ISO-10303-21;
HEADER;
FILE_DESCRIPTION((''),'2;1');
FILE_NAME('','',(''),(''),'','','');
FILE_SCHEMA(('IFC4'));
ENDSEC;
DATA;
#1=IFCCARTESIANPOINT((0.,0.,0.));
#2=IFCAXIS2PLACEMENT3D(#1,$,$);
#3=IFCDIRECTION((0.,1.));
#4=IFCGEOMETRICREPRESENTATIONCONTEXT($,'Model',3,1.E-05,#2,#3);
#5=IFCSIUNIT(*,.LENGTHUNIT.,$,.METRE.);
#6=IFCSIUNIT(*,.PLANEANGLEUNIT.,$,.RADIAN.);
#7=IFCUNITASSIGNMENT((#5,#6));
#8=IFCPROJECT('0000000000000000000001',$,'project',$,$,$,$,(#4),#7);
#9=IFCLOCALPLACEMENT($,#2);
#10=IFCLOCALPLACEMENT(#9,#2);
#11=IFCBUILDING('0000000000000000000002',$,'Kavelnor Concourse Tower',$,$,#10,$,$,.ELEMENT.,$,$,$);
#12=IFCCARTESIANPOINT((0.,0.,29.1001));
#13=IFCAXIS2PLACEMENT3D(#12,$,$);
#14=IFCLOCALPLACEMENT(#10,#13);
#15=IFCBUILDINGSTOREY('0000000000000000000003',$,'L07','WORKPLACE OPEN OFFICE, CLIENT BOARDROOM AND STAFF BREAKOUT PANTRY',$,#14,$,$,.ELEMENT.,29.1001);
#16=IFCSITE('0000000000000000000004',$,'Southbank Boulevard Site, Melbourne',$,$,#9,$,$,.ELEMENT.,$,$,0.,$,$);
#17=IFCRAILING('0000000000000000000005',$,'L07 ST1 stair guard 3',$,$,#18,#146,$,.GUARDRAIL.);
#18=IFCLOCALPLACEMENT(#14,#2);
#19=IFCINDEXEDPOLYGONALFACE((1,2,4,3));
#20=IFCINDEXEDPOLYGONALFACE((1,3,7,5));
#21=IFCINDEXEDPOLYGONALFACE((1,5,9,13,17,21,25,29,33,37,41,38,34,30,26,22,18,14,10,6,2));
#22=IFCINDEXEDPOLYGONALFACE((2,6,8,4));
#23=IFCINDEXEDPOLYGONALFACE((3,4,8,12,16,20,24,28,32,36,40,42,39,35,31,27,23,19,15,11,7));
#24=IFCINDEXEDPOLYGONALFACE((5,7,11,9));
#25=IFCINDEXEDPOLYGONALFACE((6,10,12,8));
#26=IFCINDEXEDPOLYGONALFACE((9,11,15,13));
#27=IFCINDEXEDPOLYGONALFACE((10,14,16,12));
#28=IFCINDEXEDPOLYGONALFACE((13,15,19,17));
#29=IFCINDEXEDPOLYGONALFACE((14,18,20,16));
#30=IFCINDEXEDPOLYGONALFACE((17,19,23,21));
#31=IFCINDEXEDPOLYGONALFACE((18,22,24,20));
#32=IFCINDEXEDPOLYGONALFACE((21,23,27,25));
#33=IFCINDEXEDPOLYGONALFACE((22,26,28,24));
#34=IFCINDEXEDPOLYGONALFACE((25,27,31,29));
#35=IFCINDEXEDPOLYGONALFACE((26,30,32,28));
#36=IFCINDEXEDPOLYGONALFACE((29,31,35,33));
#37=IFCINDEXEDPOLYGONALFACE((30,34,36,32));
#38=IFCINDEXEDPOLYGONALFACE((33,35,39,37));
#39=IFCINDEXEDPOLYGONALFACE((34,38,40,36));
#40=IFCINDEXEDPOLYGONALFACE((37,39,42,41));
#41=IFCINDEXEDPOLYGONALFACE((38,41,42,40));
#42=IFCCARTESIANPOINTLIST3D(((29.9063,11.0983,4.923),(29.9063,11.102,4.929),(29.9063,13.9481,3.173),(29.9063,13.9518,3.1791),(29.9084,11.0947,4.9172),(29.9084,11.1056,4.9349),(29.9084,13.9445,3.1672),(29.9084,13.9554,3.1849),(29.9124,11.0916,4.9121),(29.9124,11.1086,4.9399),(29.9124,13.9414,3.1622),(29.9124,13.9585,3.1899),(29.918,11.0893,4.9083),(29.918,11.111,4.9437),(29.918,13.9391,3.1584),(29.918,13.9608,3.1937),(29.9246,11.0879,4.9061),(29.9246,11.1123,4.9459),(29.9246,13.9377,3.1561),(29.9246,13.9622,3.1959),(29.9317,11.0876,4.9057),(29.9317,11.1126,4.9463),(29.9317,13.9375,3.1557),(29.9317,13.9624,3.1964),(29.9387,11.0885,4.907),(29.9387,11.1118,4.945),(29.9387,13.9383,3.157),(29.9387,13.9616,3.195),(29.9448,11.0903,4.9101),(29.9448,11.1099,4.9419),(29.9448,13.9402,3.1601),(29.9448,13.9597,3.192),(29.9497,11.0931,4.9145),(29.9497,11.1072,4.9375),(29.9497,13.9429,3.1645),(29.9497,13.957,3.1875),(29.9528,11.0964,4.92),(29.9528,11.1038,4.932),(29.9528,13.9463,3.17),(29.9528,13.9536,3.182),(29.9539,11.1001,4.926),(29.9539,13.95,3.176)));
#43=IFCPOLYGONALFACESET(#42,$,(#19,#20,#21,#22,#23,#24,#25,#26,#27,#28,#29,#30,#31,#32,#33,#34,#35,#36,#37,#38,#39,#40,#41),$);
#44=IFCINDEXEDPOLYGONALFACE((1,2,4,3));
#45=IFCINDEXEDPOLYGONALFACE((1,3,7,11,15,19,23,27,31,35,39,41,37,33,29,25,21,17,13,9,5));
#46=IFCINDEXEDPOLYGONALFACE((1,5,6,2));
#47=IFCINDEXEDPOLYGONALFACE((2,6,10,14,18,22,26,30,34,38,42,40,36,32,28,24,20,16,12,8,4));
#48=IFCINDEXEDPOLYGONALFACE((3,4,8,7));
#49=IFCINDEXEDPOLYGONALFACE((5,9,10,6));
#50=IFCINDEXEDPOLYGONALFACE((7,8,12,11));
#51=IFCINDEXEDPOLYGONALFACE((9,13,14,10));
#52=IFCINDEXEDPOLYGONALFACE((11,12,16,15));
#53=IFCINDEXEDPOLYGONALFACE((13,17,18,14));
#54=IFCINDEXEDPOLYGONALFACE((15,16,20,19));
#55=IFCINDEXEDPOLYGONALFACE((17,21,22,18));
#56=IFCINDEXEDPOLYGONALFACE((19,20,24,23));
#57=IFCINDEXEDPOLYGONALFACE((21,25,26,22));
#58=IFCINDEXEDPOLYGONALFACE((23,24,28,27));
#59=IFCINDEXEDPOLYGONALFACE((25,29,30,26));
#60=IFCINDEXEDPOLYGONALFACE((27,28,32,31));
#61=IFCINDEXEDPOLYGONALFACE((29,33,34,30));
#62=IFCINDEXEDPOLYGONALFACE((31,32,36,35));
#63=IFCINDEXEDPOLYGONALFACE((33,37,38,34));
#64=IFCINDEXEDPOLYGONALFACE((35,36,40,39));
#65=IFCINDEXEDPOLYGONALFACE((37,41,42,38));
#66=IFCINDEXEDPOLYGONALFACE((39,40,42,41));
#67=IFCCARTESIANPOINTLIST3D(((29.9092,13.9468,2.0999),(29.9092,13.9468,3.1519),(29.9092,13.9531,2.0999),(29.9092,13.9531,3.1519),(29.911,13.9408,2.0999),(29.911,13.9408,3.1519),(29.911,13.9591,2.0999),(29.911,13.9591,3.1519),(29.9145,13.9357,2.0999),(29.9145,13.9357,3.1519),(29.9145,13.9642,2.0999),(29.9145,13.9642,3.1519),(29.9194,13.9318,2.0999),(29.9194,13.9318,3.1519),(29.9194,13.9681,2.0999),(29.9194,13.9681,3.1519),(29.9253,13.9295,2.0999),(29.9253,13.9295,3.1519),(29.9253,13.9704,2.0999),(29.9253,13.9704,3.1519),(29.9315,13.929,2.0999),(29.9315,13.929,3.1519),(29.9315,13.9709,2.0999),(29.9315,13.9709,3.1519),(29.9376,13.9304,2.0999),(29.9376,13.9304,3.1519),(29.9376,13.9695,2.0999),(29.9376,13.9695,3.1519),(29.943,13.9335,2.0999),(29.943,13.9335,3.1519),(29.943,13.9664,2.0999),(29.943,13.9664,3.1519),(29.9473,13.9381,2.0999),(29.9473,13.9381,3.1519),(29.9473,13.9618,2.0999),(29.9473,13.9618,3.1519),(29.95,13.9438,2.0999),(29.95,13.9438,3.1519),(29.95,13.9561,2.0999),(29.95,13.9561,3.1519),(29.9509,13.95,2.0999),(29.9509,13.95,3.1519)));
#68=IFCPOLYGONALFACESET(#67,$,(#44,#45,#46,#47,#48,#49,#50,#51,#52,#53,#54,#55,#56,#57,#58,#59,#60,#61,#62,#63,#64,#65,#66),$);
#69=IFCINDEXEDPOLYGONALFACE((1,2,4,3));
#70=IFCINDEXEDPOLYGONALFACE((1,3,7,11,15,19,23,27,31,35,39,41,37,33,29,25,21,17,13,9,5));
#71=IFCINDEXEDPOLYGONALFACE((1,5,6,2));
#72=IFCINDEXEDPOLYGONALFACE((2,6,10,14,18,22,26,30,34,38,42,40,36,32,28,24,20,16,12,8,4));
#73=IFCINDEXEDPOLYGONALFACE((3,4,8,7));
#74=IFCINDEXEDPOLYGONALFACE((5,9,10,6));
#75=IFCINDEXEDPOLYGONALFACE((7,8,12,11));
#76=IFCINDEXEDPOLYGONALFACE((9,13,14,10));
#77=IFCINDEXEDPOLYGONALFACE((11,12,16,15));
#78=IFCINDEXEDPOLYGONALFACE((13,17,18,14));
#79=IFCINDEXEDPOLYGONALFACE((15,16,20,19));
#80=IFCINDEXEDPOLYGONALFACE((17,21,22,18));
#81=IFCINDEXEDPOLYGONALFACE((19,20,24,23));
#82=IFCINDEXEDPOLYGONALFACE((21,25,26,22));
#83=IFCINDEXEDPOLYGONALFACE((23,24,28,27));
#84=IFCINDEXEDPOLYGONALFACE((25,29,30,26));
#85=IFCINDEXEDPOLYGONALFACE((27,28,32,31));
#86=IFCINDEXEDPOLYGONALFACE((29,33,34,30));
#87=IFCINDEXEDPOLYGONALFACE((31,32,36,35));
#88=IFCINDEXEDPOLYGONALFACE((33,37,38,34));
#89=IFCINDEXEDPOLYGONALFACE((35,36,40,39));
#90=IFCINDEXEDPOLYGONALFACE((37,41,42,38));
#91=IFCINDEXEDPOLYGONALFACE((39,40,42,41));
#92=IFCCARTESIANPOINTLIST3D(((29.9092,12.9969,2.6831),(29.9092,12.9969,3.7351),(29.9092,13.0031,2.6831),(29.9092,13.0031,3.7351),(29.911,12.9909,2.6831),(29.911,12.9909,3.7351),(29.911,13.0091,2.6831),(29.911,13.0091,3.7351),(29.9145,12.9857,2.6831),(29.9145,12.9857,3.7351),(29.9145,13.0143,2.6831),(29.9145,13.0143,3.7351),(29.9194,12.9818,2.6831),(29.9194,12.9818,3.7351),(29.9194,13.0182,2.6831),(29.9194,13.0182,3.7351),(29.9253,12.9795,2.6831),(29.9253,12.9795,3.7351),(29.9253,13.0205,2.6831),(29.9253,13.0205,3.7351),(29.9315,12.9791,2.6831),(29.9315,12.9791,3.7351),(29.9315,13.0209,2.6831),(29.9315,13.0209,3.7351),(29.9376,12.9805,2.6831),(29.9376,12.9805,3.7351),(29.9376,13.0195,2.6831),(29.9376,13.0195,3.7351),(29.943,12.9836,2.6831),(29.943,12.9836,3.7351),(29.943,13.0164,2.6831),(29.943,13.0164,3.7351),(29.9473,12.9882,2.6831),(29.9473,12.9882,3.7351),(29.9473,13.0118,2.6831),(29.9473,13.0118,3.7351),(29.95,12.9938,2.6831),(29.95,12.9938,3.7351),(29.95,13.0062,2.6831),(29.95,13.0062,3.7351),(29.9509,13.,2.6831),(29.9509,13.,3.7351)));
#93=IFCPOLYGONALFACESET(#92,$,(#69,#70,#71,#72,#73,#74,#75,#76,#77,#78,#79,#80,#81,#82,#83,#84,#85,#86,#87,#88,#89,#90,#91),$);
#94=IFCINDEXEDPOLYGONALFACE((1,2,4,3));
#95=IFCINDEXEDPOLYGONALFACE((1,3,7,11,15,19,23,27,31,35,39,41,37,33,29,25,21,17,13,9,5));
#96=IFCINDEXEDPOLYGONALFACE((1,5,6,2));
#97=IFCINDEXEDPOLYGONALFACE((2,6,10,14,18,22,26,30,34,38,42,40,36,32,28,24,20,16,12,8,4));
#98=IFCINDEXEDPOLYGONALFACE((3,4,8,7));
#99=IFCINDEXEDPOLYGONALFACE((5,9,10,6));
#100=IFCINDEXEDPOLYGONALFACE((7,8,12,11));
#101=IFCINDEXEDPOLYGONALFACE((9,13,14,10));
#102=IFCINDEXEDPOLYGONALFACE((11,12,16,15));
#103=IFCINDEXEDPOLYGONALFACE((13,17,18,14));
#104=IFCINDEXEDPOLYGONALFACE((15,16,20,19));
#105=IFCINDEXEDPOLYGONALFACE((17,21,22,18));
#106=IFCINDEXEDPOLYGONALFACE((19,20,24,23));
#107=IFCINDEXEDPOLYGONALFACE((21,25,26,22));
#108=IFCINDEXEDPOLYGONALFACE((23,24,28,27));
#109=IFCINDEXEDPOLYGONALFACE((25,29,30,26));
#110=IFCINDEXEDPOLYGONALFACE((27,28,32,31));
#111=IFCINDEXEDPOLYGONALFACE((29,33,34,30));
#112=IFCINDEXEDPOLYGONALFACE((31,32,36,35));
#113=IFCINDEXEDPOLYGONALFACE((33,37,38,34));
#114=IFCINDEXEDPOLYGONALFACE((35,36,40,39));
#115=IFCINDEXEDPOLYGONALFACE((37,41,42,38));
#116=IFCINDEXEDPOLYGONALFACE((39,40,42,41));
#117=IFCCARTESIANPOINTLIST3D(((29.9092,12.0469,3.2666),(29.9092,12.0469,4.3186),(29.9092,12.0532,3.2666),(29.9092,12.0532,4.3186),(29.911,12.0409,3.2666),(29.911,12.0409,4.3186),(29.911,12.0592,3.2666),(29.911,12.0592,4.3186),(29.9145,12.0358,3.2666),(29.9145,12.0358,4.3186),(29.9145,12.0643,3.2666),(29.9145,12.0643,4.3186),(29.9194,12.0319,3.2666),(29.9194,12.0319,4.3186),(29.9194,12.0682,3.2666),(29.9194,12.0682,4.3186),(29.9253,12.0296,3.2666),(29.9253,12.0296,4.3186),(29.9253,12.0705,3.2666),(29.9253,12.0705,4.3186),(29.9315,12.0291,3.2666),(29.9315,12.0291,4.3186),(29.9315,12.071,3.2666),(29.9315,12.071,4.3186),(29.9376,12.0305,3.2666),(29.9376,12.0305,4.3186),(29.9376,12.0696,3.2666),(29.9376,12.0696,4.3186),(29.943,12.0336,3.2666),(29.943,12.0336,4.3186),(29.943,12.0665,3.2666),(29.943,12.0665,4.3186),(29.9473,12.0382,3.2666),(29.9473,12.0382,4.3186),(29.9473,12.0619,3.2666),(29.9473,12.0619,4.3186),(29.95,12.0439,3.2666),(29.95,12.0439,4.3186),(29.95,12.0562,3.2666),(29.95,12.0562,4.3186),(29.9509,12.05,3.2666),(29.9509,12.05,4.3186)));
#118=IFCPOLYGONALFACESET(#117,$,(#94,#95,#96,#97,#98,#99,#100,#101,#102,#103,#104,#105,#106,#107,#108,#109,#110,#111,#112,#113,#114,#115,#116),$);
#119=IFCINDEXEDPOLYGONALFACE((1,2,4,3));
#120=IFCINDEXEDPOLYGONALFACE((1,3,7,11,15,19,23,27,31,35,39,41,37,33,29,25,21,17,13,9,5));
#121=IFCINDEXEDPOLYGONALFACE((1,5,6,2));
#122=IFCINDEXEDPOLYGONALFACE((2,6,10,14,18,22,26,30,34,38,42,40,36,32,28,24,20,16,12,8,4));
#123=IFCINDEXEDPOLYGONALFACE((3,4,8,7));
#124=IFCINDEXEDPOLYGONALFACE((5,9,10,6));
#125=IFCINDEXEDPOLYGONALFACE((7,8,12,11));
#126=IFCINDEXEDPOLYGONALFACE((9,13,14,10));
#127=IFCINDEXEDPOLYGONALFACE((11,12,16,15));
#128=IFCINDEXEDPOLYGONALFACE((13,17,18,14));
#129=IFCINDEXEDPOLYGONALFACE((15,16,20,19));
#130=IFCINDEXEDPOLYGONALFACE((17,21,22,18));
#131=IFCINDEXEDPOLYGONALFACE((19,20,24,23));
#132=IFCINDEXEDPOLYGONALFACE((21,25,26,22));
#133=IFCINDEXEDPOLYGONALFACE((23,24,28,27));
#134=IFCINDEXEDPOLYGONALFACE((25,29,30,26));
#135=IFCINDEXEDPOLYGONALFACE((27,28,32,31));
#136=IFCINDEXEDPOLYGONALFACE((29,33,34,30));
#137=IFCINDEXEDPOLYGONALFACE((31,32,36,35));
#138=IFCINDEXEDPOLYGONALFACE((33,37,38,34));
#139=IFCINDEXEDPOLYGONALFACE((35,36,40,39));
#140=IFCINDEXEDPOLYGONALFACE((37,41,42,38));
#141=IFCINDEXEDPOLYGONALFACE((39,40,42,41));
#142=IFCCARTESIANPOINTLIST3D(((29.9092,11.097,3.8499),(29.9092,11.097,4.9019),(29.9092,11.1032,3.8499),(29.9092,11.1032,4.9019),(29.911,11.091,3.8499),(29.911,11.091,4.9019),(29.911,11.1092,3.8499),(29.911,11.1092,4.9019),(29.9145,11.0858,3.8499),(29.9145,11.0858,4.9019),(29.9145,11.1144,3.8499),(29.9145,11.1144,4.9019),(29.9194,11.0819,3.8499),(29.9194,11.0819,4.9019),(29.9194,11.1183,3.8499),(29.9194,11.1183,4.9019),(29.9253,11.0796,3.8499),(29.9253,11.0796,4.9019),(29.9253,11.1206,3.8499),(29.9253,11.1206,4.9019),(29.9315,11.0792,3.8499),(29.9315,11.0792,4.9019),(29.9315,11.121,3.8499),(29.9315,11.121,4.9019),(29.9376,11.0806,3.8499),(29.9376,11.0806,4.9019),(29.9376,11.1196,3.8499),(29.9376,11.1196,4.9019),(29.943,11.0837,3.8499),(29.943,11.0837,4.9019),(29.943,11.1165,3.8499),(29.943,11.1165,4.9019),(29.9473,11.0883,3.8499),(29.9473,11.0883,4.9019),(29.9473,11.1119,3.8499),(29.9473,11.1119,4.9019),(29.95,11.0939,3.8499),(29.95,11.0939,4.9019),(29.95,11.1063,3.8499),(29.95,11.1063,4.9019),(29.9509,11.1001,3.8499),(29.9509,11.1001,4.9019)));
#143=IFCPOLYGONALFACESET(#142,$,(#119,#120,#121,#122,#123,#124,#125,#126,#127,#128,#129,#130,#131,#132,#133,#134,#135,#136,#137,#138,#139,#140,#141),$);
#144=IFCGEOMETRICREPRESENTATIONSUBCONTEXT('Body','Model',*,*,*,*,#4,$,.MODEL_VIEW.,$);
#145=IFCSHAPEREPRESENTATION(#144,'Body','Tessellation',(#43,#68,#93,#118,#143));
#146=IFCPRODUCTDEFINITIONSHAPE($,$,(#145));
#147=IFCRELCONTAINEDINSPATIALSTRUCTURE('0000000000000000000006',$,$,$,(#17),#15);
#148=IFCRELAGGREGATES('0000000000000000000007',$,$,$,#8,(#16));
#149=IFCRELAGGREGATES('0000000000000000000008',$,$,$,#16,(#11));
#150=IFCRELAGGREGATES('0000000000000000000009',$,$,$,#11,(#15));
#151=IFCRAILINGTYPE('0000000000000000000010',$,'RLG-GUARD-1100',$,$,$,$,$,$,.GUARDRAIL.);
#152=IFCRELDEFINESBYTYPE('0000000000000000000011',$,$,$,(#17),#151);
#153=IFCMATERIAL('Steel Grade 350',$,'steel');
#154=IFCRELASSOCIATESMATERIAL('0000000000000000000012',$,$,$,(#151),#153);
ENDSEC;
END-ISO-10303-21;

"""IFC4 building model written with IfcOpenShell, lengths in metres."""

from ifc_helpers import new_model, si_unit, direction, frame, origin, origin_2d, place, context, subcontext, project, spatial, circle, extrude, material, type_object, element, save


model = new_model("IFC4")

# Units and contexts
model_context = context("Model", 3, precision=1e-05, world=origin(), true_north=direction((0.0, 1.0)))
body_context = subcontext(model_context, "Body", "Model", "MODEL_VIEW")
ifc_project = project(units=[si_unit("LENGTHUNIT", "METRE"), si_unit("PLANEANGLEUNIT", "RADIAN")], contexts=[model_context])

# Site, building, storey
site_placement = place(None, origin())
site = spatial("IfcSite", under=ifc_project, at=site_placement, Name="Southbank Boulevard Site, Melbourne", CompositionType="ELEMENT", RefElevation=0.0)
building_placement = place(site_placement, origin())
building = spatial("IfcBuilding", under=site, at=building_placement, Name="Kavelnor Concourse Tower", CompositionType="ELEMENT")
storey_placement = place(building_placement, frame((0.0, 0.0, 29.1001)))
storey = spatial("IfcBuildingStorey", under=building, at=storey_placement, Name="L07", Description="WORKPLACE OPEN OFFICE, CLIENT BOARDROOM AND STAFF BREAKOUT PANTRY", CompositionType="ELEMENT", Elevation=29.1001)

# Shared definitions
ifc_material_1 = material(Name="Steel Grade 350", Category="steel")

# Railing
railing_type_1 = type_object("IfcRailingType", Name="RLG-GUARD-1100", PredefinedType="GUARDRAIL", material=ifc_material_1)
railing_1_placement = place(storey_placement, frame((29.9299, 13.95, 2.0999)))
element("IfcRailing", 1, at=railing_1_placement, inside=storey, type_object=railing_type_1, Name="L07 ST1 stair guard 3", PredefinedType="GUARDRAIL", context=body_context, shape_type="SweptSolid", body=[
    extrude(circle(Radius=0.0239, at=origin_2d()), frame((0.0, 0.0, 1.0762), z_axis=(0.0, -0.852159, 0.523283), x_axis=(1.0, 0.0, 0.0)), (0.0, 0.0, 1.0), 3.3442),
    extrude(circle(Radius=0.021, at=origin_2d()), origin(), (0.0, 0.0, 1.0), 1.052),
    extrude(circle(Radius=0.021, at=origin_2d()), frame((0.0, -0.95, 0.5833)), (0.0, 0.0, 1.0), 1.052),
    extrude(circle(Radius=0.021, at=origin_2d()), frame((0.0, -1.8999, 1.1667)), (0.0, 0.0, 1.0), 1.052),
    extrude(circle(Radius=0.021, at=origin_2d()), frame((0.0, -2.8499, 1.75)), (0.0, 0.0, 1.0), 1.052),
])

save(model, "model.ifc")
